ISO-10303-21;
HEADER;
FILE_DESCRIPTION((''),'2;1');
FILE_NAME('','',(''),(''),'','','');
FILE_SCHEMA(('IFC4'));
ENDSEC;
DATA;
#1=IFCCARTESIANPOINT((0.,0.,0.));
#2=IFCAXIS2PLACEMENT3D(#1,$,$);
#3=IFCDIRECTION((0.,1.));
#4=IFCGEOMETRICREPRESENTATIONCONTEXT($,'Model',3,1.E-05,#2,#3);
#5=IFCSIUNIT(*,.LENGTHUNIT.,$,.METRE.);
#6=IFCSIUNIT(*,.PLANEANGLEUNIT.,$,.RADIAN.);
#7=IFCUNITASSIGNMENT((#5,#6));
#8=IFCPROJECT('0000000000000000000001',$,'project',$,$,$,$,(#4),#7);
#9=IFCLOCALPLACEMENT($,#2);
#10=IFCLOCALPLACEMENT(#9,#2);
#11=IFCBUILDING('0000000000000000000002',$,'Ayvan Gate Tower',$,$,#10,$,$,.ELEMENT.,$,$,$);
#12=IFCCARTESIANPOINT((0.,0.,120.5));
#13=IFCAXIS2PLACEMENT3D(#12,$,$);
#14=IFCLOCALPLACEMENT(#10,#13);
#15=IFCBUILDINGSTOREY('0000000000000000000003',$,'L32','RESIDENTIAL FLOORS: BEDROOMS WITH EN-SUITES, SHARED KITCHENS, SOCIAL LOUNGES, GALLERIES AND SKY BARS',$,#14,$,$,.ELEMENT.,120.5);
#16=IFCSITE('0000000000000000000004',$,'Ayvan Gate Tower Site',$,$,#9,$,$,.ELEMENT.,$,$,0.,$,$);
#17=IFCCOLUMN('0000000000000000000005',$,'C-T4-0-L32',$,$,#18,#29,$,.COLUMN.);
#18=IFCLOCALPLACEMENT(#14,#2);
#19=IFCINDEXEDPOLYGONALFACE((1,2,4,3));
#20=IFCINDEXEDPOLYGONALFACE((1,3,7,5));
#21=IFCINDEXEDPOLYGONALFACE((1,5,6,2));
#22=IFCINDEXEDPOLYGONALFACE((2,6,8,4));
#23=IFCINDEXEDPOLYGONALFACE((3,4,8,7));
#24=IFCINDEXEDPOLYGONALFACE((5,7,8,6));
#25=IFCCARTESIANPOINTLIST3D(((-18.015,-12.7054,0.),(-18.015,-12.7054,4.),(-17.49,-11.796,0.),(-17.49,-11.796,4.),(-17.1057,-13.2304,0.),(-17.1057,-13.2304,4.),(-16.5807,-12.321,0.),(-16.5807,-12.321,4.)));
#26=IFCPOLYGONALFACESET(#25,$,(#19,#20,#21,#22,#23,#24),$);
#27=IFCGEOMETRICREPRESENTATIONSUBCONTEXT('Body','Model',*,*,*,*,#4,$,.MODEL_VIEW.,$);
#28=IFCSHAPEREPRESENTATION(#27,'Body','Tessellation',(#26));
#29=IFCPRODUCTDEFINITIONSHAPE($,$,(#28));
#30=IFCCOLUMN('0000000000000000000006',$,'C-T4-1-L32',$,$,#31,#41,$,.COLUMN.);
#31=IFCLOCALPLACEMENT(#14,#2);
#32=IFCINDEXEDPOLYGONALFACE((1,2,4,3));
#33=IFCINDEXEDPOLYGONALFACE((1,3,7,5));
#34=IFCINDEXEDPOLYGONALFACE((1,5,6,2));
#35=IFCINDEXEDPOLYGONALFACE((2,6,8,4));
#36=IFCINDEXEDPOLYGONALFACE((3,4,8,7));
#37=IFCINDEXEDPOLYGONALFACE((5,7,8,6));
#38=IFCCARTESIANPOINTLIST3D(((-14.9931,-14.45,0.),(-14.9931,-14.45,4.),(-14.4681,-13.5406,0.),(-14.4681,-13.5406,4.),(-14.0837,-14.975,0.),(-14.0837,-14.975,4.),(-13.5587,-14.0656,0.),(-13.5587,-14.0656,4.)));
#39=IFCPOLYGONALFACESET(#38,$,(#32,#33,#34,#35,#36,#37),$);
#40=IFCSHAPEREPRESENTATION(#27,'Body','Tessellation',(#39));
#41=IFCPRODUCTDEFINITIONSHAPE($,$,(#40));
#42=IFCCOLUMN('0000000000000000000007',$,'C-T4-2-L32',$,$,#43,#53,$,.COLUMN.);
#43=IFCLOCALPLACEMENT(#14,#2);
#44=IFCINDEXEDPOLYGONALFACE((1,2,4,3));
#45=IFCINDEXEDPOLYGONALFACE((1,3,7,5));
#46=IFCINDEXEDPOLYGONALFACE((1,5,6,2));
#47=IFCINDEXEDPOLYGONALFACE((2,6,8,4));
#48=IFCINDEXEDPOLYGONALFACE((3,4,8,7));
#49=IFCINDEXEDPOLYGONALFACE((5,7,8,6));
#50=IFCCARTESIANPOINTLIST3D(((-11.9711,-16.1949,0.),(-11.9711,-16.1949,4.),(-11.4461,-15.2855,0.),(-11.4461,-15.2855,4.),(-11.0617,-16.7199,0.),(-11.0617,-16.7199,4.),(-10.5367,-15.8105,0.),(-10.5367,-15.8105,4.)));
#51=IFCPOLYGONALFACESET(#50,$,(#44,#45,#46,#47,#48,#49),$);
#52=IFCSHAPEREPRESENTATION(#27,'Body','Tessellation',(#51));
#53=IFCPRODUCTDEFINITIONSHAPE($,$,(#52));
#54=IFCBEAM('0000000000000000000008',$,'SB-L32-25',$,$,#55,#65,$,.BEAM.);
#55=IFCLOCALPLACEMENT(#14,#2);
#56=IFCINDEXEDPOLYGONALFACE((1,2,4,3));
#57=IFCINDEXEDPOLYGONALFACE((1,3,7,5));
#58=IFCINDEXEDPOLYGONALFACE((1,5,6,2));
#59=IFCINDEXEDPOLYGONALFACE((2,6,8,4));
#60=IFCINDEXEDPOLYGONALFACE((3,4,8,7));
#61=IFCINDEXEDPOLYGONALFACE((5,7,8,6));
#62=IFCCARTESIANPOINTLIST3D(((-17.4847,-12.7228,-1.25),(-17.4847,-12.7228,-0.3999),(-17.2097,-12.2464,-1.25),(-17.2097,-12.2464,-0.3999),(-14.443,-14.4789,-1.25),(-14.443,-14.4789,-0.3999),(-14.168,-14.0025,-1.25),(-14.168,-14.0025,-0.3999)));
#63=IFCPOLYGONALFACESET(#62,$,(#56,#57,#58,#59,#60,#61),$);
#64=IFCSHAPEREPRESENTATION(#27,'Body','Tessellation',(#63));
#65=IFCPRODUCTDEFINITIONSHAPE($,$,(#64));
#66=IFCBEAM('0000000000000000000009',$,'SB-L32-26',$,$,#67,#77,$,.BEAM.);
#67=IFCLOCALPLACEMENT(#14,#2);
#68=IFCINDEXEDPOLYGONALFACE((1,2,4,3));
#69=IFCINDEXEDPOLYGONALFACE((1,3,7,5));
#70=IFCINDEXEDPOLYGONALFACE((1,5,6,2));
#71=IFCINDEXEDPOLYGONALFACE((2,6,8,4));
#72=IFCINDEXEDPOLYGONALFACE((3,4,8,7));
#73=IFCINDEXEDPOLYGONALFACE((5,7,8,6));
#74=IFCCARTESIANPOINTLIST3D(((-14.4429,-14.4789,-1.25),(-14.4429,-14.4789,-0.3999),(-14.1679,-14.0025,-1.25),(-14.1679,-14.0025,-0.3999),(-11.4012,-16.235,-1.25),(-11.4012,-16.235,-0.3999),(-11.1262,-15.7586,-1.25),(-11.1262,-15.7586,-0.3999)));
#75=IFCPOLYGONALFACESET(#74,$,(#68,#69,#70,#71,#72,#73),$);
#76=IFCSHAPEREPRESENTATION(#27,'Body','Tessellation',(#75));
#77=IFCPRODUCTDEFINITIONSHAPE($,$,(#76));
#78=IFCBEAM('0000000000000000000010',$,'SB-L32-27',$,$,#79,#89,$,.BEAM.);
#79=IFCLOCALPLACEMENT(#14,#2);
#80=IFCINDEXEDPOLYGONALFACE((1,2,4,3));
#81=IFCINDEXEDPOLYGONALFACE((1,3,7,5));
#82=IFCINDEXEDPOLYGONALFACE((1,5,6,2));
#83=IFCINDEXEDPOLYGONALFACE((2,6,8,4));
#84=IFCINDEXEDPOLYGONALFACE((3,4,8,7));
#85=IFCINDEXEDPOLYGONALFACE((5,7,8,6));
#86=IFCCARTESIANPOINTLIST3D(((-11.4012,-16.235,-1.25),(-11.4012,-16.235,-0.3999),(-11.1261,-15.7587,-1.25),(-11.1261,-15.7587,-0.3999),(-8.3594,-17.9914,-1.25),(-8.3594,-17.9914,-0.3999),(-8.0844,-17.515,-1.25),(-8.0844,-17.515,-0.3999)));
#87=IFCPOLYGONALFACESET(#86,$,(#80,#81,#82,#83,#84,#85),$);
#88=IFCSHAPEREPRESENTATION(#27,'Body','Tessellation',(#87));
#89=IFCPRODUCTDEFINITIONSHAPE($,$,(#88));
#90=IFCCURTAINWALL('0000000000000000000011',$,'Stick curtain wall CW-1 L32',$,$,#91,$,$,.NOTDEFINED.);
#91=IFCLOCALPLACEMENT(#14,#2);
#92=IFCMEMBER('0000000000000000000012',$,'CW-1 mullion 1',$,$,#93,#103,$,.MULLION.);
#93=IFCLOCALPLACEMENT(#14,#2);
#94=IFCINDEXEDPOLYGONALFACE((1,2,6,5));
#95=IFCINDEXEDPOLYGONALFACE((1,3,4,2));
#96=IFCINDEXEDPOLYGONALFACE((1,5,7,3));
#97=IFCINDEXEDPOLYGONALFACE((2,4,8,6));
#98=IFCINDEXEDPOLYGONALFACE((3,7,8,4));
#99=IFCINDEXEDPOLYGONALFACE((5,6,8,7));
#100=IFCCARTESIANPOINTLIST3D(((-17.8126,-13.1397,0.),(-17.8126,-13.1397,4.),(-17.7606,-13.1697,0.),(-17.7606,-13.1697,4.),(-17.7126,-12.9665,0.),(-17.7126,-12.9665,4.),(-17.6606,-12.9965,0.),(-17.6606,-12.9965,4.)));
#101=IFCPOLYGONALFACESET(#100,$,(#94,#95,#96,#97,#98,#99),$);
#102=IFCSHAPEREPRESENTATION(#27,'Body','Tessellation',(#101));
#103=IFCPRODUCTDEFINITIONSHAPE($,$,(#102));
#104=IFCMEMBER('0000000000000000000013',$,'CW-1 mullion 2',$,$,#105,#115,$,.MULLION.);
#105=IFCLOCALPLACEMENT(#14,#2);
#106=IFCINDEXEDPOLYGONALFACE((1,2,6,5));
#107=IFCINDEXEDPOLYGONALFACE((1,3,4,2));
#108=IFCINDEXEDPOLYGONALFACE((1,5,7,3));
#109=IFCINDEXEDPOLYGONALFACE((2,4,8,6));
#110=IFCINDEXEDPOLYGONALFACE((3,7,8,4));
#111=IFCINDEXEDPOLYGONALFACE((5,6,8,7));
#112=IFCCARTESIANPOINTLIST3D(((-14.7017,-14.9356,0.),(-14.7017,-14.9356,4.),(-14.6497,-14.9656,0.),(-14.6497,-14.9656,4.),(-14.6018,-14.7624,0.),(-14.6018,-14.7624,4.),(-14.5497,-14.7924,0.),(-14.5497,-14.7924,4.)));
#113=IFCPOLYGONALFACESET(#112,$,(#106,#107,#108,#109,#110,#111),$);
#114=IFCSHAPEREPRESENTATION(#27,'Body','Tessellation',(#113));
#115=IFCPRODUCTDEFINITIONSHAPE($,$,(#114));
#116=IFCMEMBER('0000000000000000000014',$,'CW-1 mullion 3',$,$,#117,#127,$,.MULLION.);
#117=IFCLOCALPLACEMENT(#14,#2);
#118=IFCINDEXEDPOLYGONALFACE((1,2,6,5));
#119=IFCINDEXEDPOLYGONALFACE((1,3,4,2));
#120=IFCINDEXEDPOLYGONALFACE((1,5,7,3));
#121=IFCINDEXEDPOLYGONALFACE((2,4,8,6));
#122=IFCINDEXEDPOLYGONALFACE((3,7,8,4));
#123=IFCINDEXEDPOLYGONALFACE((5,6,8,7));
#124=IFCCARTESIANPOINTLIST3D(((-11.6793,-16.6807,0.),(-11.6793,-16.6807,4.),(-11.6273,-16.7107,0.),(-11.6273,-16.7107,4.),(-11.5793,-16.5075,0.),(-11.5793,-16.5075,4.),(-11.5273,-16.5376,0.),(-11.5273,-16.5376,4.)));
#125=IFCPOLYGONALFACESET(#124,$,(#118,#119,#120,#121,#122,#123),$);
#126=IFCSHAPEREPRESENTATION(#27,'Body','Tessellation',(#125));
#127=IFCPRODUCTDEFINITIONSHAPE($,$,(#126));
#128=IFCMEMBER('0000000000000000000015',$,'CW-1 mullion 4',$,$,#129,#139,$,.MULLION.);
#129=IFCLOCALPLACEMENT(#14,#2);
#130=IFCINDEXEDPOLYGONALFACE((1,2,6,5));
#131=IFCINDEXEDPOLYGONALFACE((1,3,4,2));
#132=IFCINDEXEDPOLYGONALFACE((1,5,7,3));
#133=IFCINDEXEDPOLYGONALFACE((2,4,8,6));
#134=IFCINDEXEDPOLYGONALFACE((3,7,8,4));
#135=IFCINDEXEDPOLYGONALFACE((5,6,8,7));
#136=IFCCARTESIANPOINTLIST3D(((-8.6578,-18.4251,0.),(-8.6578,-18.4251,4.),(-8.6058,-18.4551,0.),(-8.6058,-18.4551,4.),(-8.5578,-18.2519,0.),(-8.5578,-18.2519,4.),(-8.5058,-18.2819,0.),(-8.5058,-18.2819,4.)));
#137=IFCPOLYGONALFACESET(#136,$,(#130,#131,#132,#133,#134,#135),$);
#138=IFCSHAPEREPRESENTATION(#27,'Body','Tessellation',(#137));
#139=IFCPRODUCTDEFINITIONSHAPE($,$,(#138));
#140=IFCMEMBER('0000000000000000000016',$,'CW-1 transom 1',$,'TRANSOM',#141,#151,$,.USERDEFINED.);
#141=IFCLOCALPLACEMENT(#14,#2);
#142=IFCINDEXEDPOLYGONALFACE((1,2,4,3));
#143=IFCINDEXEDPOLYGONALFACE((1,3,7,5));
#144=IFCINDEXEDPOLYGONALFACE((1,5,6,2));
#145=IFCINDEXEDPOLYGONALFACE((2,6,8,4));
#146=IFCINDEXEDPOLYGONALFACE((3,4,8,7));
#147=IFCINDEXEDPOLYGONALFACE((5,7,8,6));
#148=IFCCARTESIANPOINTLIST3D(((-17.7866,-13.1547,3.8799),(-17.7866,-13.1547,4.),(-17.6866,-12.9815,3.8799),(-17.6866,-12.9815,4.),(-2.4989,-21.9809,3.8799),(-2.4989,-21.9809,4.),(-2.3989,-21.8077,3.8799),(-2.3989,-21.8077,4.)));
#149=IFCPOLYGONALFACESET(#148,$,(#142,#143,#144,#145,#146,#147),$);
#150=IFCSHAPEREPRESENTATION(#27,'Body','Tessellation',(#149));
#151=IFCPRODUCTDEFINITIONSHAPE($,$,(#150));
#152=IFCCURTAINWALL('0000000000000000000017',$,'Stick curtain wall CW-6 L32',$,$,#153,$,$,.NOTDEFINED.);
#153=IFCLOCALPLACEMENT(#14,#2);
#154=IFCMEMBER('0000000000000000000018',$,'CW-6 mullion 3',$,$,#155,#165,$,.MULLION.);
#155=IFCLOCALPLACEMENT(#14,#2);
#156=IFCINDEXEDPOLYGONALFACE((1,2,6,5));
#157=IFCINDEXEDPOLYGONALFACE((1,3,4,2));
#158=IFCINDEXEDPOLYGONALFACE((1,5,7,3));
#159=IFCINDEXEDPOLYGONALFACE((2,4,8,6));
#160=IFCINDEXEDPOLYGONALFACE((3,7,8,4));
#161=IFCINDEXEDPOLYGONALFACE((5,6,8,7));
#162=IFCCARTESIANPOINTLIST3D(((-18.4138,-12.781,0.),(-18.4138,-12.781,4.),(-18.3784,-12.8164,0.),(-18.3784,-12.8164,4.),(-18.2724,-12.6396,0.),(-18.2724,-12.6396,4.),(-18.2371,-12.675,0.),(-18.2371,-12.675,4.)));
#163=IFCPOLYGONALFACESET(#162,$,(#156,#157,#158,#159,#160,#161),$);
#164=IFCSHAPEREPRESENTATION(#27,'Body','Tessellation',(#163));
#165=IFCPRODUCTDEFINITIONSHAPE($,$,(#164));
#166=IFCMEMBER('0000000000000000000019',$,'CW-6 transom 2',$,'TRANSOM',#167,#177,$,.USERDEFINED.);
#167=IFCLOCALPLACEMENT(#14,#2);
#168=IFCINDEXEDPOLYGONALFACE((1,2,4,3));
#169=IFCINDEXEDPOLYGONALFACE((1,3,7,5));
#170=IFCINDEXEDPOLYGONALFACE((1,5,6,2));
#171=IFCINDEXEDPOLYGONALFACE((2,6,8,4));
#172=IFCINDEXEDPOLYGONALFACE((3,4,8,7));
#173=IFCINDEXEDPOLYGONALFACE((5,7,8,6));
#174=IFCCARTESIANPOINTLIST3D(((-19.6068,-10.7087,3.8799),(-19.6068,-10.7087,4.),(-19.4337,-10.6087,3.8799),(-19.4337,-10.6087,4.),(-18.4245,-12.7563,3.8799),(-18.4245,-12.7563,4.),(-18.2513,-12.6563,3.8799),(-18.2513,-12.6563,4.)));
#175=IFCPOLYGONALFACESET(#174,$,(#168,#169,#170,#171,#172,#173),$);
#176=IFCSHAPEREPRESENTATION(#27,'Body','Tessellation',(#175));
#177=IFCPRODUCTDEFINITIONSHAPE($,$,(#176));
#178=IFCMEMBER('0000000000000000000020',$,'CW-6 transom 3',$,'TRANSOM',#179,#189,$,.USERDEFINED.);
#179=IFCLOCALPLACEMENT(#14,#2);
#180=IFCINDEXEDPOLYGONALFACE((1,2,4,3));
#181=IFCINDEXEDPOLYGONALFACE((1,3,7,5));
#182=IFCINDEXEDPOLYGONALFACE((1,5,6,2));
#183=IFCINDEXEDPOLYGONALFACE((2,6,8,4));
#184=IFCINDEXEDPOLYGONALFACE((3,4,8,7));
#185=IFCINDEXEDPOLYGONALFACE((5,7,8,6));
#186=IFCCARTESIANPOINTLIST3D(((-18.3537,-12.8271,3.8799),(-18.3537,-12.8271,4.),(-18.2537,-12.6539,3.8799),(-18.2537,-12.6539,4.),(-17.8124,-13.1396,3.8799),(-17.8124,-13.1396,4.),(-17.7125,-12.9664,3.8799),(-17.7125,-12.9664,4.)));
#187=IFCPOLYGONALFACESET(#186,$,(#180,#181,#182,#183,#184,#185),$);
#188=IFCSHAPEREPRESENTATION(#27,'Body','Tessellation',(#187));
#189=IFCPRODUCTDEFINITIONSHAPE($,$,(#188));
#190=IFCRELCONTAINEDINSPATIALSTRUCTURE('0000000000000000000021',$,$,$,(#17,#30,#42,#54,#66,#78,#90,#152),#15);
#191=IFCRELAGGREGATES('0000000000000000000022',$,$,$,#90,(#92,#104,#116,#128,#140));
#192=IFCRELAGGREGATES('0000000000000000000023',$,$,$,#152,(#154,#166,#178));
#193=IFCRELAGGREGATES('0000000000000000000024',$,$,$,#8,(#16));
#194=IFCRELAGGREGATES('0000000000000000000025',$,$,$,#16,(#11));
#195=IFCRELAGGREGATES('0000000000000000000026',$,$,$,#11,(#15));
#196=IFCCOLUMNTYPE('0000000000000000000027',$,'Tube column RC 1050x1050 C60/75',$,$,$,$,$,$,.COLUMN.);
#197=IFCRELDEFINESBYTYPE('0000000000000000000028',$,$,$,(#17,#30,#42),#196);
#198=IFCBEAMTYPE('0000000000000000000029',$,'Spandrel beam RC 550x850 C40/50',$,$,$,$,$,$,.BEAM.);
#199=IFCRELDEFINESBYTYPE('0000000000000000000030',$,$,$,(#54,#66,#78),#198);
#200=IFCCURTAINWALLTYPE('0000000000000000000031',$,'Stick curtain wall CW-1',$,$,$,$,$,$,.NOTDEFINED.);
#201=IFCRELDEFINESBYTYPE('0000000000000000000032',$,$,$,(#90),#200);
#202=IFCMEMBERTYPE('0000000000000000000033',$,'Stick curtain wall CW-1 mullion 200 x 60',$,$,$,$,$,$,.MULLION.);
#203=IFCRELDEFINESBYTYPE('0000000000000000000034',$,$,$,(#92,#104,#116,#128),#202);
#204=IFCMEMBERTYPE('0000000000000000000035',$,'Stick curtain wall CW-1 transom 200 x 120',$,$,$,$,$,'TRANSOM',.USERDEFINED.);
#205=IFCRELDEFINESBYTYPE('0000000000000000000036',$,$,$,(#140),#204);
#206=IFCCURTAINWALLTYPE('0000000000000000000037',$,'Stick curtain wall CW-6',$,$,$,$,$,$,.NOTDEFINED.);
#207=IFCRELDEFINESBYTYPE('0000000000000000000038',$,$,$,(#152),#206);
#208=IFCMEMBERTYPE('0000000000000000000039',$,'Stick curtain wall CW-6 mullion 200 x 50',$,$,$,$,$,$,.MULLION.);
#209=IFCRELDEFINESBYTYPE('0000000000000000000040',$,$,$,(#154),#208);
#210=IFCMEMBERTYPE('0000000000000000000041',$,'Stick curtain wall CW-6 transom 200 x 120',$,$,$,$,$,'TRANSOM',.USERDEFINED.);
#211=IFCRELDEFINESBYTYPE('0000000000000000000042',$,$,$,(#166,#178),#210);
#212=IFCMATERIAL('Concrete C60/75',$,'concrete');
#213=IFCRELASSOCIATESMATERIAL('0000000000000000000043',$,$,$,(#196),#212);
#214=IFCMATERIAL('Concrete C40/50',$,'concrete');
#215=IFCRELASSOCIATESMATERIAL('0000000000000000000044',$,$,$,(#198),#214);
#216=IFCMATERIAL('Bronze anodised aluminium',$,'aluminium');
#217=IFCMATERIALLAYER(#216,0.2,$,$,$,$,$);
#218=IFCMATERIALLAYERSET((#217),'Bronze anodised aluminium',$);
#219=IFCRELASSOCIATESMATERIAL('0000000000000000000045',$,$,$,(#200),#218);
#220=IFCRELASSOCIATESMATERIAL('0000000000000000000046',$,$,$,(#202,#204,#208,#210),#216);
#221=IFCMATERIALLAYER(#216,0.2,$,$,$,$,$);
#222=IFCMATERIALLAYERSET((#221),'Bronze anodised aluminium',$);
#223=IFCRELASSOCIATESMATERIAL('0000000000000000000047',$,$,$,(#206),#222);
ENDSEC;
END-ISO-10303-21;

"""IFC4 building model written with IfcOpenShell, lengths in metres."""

from ifc_helpers import new_model, si_unit, direction, frame, origin, origin_2d, place, context, subcontext, project, spatial, rectangle, extrude, material, layer, layer_set, material_profile, profile_set, type_object, element, aggregate, save


model = new_model("IFC4")

# Units and contexts
model_context = context("Model", 3, precision=1e-05, world=origin(), true_north=direction((0.0, 1.0)))
body_context = subcontext(model_context, "Body", "Model", "MODEL_VIEW")
ifc_project = project(units=[si_unit("LENGTHUNIT", "METRE"), si_unit("PLANEANGLEUNIT", "RADIAN")], contexts=[model_context])

# Site, building, storey
site_placement = place(None, origin())
site = spatial("IfcSite", under=ifc_project, at=site_placement, Name="Ayvan Gate Tower Site", CompositionType="ELEMENT", RefElevation=0.0)
building_placement = place(site_placement, origin())
building = spatial("IfcBuilding", under=site, at=building_placement, Name="Ayvan Gate Tower", CompositionType="ELEMENT")
storey_placement = place(building_placement, frame((0.0, 0.0, 120.5)))
storey = spatial("IfcBuildingStorey", under=building, at=storey_placement, Name="L32", Description="RESIDENTIAL FLOORS: BEDROOMS WITH EN-SUITES, SHARED KITCHENS, SOCIAL LOUNGES, GALLERIES AND SKY BARS", CompositionType="ELEMENT", Elevation=120.5)

# Columns
ifc_material_1 = material(Name="Concrete C60/75", Category="concrete")
ifc_material_profile_1 = material_profile(ifc_material_1, rectangle(XDim=1.05, YDim=1.05, at=origin_2d()), Name="RC 1050x1050")
ifc_profile_set_1 = profile_set([ifc_material_profile_1], Name="Concrete C60/75")
column_type = type_object("IfcColumnType", Name="Tube column RC 1050x1050 C60/75", PredefinedType="COLUMN", material=ifc_profile_set_1)
for number, where, z_axis, x_axis, name in (
    (1, (-17.2979, -12.5132, 0.0), (0.0, 0.0, 1.0), (-0.5, -0.866025, 0.0), "C-T4-0-L32"),
    (2, (-14.2759, -14.2578, 0.0), (0.0, 0.0, 1.0), (-0.5, -0.866025, 0.0), "C-T4-1-L32"),
    (3, (-11.2539, -16.0027, 0.0), (0.0, 0.0, 1.0), (-0.5, -0.866025, 0.0), "C-T4-2-L32"),
):
    element("IfcColumn", number, at=place(storey_placement, frame(where, z_axis=z_axis, x_axis=x_axis)), inside=storey, type_object=column_type, Name=name, PredefinedType="COLUMN", context=body_context, shape_type="SweptSolid", body=[
        extrude(rectangle(XDim=1.05, YDim=1.05, at=origin_2d()), origin(), (0.0, 0.0, 1.0), 4.0),
    ])

# Beams
ifc_material_2 = material(Name="Concrete C40/50", Category="concrete")
ifc_material_profile_2 = material_profile(ifc_material_2, rectangle(XDim=0.55, YDim=0.8501, at=origin_2d()), Name="RC 550x850")
ifc_profile_set_2 = profile_set([ifc_material_profile_2], Name="Concrete C40/50")
beam_type = type_object("IfcBeamType", Name="Spandrel beam RC 550x850 C40/50", PredefinedType="BEAM", material=ifc_profile_set_2)
for number, where, z_axis, x_axis, name in (
    (4, (-17.3472, -12.4846, -0.825), (0.866032, -0.499989, 0.0), (0.499989, 0.866032, 0.0), "SB-L32-25"),
    (5, (-14.3054, -14.2407, -0.825), (0.866032, -0.499989, 0.0), (0.499989, 0.866032, 0.0), "SB-L32-26"),
):
    element("IfcBeam", number, at=place(storey_placement, frame(where, z_axis=z_axis, x_axis=x_axis)), inside=storey, type_object=beam_type, Name=name, PredefinedType="BEAM", context=body_context, shape_type="SweptSolid", body=[
        extrude(rectangle(XDim=0.55, YDim=0.8501, at=origin_2d()), origin(), (0.0, 0.0, 1.0), 3.5122),
    ])
beam_placement = place(storey_placement, frame((-11.2637, -15.9968, -0.825), z_axis=(0.866002, -0.500041, 0.0), x_axis=(0.500041, 0.866002, 0.0)))
element("IfcBeam", 6, at=beam_placement, inside=storey, type_object=beam_type, Name="SB-L32-27", PredefinedType="BEAM", context=body_context, shape_type="SweptSolid", body=[
    extrude(rectangle(XDim=0.55, YDim=0.8501, at=origin_2d()), origin(), (0.0, 0.0, 1.0), 3.5125),
])

# Curtain walls, members
ifc_material_3 = material(Name="Bronze anodised aluminium", Category="aluminium")
ifc_layer_1 = layer(ifc_material_3, 0.2)
ifc_layer_set_1 = layer_set([ifc_layer_1], Name="Bronze anodised aluminium")
curtain_wall_type_1 = type_object("IfcCurtainWallType", Name="Stick curtain wall CW-1", PredefinedType="NOTDEFINED", material=ifc_layer_set_1)
curtain_wall_1_placement = place(storey_placement, origin())
curtain_wall_1 = element("IfcCurtainWall", 7, at=curtain_wall_1_placement, inside=storey, type_object=curtain_wall_type_1, Name="Stick curtain wall CW-1 L32", PredefinedType="NOTDEFINED")
ifc_material_profile_3 = material_profile(ifc_material_3, rectangle(XDim=0.2, YDim=0.0601, at=origin_2d()), Name="Stick curtain wall CW-1 mullion 200 x 60")
ifc_profile_set_3 = profile_set([ifc_material_profile_3], Name="Bronze anodised aluminium")
member_type_1 = type_object("IfcMemberType", Name="Stick curtain wall CW-1 mullion 200 x 60", PredefinedType="MULLION", material=ifc_profile_set_3)
member_1_placement = place(storey_placement, frame((-17.7366, -13.0681, 0.0), z_axis=(0.0, 0.0, 1.0), x_axis=(-0.5, -0.866025, 0.0)))
member_1 = element("IfcMember", 8, at=member_1_placement, type_object=member_type_1, Name="CW-1 mullion 1", PredefinedType="MULLION", context=body_context, shape_type="SweptSolid", body=[
    extrude(rectangle(XDim=0.2, YDim=0.0601, at=origin_2d()), origin(), (0.0, 0.0, 1.0), 4.0),
])
member_2_placement = place(storey_placement, frame((-14.6257, -14.864, 0.0), z_axis=(0.0, 0.0, 1.0), x_axis=(-0.5, -0.866025, 0.0)))
member_2 = element("IfcMember", 9, at=member_2_placement, type_object=member_type_1, Name="CW-1 mullion 2", PredefinedType="MULLION", context=body_context, shape_type="SweptSolid", body=[
    extrude(rectangle(XDim=0.2, YDim=0.0601, at=origin_2d()), origin(), (0.0, 0.0, 1.0), 4.0),
])
member_3_placement = place(storey_placement, frame((-11.6033, -16.6091, 0.0), z_axis=(0.0, 0.0, 1.0), x_axis=(-0.5, -0.866025, 0.0)))
member_3 = element("IfcMember", 10, at=member_3_placement, type_object=member_type_1, Name="CW-1 mullion 3", PredefinedType="MULLION", context=body_context, shape_type="SweptSolid", body=[
    extrude(rectangle(XDim=0.2, YDim=0.0601, at=origin_2d()), origin(), (0.0, 0.0, 1.0), 4.0),
])
member_4_placement = place(storey_placement, frame((-8.5818, -18.3535, 0.0), z_axis=(0.0, 0.0, 1.0), x_axis=(-0.5, -0.866025, 0.0)))
member_4 = element("IfcMember", 11, at=member_4_placement, type_object=member_type_1, Name="CW-1 mullion 4", PredefinedType="MULLION", context=body_context, shape_type="SweptSolid", body=[
    extrude(rectangle(XDim=0.2, YDim=0.0601, at=origin_2d()), origin(), (0.0, 0.0, 1.0), 4.0),
])
ifc_material_profile_4 = material_profile(ifc_material_3, rectangle(XDim=0.2, YDim=0.1201, at=origin_2d()), Name="Stick curtain wall CW-1 transom 200 x 120")
ifc_profile_set_4 = profile_set([ifc_material_profile_4], Name="Bronze anodised aluminium")
member_type_2 = type_object("IfcMemberType", Name="Stick curtain wall CW-1 transom 200 x 120", ElementType="TRANSOM", PredefinedType="USERDEFINED", material=ifc_profile_set_4)
member_5_placement = place(storey_placement, frame((-17.7366, -13.0681, 3.9399), z_axis=(0.866029, -0.499995, 0.0), x_axis=(0.499995, 0.866029, 0.0)))
member_5 = element("IfcMember", 12, at=member_5_placement, type_object=member_type_2, Name="CW-1 transom 1", ObjectType="TRANSOM", PredefinedType="USERDEFINED", context=body_context, shape_type="SweptSolid", body=[
    extrude(rectangle(XDim=0.2, YDim=0.1201, at=origin_2d()), origin(), (0.0, 0.0, 1.0), 17.6526),
])
ifc_layer_2 = layer(ifc_material_3, 0.2)
ifc_layer_set_2 = layer_set([ifc_layer_2], Name="Bronze anodised aluminium")
curtain_wall_type_2 = type_object("IfcCurtainWallType", Name="Stick curtain wall CW-6", PredefinedType="NOTDEFINED", material=ifc_layer_set_2)
curtain_wall_2_placement = place(storey_placement, origin())
curtain_wall_2 = element("IfcCurtainWall", 13, at=curtain_wall_2_placement, inside=storey, type_object=curtain_wall_type_2, Name="Stick curtain wall CW-6 L32", PredefinedType="NOTDEFINED")
ifc_material_profile_5 = material_profile(ifc_material_3, rectangle(XDim=0.2, YDim=0.05, at=origin_2d()), Name="Stick curtain wall CW-6 mullion 200 x 50")
ifc_profile_set_5 = profile_set([ifc_material_profile_5], Name="Bronze anodised aluminium")
member_type_3 = type_object("IfcMemberType", Name="Stick curtain wall CW-6 mullion 200 x 50", PredefinedType="MULLION", material=ifc_profile_set_5)
member_6_placement = place(storey_placement, frame((-18.3254, -12.728, 0.0), z_axis=(0.0, 0.0, 1.0), x_axis=(-0.707107, -0.707107, 0.0)))
member_6 = element("IfcMember", 14, at=member_6_placement, type_object=member_type_3, Name="CW-6 mullion 3", PredefinedType="MULLION", context=body_context, shape_type="SweptSolid", body=[
    extrude(rectangle(XDim=0.2, YDim=0.05, at=origin_2d()), origin(), (0.0, 0.0, 1.0), 4.0),
])
ifc_material_profile_6 = material_profile(ifc_material_3, rectangle(XDim=0.2, YDim=0.1201, at=origin_2d()), Name="Stick curtain wall CW-6 transom 200 x 120")
ifc_profile_set_6 = profile_set([ifc_material_profile_6], Name="Bronze anodised aluminium")
member_type_4 = type_object("IfcMemberType", Name="Stick curtain wall CW-6 transom 200 x 120", ElementType="TRANSOM", PredefinedType="USERDEFINED", material=ifc_profile_set_6)
member_7_placement = place(storey_placement, frame((-19.5203, -10.6587, 3.9399), z_axis=(0.500059, -0.865991, 0.0), x_axis=(0.865991, 0.500059, 0.0)))
member_7 = element("IfcMember", 15, at=member_7_placement, type_object=member_type_4, Name="CW-6 transom 2", ObjectType="TRANSOM", PredefinedType="USERDEFINED", context=body_context, shape_type="SweptSolid", body=[
    extrude(rectangle(XDim=0.2, YDim=0.1201, at=origin_2d()), origin(), (0.0, 0.0, 1.0), 2.3645),
])
member_8_placement = place(storey_placement, frame((-18.3037, -12.7405, 3.9399), z_axis=(0.866023, -0.500004, 0.0), x_axis=(0.500004, 0.866023, 0.0)))
member_8 = element("IfcMember", 16, at=member_8_placement, type_object=member_type_4, Name="CW-6 transom 3", ObjectType="TRANSOM", PredefinedType="USERDEFINED", context=body_context, shape_type="SweptSolid", body=[
    extrude(rectangle(XDim=0.2, YDim=0.1201, at=origin_2d()), origin(), (0.0, 0.0, 1.0), 0.625),
])

aggregate(curtain_wall_1, [member_1, member_2, member_3, member_4, member_5])
aggregate(curtain_wall_2, [member_6, member_7, member_8])

save(model, "model.ifc")
